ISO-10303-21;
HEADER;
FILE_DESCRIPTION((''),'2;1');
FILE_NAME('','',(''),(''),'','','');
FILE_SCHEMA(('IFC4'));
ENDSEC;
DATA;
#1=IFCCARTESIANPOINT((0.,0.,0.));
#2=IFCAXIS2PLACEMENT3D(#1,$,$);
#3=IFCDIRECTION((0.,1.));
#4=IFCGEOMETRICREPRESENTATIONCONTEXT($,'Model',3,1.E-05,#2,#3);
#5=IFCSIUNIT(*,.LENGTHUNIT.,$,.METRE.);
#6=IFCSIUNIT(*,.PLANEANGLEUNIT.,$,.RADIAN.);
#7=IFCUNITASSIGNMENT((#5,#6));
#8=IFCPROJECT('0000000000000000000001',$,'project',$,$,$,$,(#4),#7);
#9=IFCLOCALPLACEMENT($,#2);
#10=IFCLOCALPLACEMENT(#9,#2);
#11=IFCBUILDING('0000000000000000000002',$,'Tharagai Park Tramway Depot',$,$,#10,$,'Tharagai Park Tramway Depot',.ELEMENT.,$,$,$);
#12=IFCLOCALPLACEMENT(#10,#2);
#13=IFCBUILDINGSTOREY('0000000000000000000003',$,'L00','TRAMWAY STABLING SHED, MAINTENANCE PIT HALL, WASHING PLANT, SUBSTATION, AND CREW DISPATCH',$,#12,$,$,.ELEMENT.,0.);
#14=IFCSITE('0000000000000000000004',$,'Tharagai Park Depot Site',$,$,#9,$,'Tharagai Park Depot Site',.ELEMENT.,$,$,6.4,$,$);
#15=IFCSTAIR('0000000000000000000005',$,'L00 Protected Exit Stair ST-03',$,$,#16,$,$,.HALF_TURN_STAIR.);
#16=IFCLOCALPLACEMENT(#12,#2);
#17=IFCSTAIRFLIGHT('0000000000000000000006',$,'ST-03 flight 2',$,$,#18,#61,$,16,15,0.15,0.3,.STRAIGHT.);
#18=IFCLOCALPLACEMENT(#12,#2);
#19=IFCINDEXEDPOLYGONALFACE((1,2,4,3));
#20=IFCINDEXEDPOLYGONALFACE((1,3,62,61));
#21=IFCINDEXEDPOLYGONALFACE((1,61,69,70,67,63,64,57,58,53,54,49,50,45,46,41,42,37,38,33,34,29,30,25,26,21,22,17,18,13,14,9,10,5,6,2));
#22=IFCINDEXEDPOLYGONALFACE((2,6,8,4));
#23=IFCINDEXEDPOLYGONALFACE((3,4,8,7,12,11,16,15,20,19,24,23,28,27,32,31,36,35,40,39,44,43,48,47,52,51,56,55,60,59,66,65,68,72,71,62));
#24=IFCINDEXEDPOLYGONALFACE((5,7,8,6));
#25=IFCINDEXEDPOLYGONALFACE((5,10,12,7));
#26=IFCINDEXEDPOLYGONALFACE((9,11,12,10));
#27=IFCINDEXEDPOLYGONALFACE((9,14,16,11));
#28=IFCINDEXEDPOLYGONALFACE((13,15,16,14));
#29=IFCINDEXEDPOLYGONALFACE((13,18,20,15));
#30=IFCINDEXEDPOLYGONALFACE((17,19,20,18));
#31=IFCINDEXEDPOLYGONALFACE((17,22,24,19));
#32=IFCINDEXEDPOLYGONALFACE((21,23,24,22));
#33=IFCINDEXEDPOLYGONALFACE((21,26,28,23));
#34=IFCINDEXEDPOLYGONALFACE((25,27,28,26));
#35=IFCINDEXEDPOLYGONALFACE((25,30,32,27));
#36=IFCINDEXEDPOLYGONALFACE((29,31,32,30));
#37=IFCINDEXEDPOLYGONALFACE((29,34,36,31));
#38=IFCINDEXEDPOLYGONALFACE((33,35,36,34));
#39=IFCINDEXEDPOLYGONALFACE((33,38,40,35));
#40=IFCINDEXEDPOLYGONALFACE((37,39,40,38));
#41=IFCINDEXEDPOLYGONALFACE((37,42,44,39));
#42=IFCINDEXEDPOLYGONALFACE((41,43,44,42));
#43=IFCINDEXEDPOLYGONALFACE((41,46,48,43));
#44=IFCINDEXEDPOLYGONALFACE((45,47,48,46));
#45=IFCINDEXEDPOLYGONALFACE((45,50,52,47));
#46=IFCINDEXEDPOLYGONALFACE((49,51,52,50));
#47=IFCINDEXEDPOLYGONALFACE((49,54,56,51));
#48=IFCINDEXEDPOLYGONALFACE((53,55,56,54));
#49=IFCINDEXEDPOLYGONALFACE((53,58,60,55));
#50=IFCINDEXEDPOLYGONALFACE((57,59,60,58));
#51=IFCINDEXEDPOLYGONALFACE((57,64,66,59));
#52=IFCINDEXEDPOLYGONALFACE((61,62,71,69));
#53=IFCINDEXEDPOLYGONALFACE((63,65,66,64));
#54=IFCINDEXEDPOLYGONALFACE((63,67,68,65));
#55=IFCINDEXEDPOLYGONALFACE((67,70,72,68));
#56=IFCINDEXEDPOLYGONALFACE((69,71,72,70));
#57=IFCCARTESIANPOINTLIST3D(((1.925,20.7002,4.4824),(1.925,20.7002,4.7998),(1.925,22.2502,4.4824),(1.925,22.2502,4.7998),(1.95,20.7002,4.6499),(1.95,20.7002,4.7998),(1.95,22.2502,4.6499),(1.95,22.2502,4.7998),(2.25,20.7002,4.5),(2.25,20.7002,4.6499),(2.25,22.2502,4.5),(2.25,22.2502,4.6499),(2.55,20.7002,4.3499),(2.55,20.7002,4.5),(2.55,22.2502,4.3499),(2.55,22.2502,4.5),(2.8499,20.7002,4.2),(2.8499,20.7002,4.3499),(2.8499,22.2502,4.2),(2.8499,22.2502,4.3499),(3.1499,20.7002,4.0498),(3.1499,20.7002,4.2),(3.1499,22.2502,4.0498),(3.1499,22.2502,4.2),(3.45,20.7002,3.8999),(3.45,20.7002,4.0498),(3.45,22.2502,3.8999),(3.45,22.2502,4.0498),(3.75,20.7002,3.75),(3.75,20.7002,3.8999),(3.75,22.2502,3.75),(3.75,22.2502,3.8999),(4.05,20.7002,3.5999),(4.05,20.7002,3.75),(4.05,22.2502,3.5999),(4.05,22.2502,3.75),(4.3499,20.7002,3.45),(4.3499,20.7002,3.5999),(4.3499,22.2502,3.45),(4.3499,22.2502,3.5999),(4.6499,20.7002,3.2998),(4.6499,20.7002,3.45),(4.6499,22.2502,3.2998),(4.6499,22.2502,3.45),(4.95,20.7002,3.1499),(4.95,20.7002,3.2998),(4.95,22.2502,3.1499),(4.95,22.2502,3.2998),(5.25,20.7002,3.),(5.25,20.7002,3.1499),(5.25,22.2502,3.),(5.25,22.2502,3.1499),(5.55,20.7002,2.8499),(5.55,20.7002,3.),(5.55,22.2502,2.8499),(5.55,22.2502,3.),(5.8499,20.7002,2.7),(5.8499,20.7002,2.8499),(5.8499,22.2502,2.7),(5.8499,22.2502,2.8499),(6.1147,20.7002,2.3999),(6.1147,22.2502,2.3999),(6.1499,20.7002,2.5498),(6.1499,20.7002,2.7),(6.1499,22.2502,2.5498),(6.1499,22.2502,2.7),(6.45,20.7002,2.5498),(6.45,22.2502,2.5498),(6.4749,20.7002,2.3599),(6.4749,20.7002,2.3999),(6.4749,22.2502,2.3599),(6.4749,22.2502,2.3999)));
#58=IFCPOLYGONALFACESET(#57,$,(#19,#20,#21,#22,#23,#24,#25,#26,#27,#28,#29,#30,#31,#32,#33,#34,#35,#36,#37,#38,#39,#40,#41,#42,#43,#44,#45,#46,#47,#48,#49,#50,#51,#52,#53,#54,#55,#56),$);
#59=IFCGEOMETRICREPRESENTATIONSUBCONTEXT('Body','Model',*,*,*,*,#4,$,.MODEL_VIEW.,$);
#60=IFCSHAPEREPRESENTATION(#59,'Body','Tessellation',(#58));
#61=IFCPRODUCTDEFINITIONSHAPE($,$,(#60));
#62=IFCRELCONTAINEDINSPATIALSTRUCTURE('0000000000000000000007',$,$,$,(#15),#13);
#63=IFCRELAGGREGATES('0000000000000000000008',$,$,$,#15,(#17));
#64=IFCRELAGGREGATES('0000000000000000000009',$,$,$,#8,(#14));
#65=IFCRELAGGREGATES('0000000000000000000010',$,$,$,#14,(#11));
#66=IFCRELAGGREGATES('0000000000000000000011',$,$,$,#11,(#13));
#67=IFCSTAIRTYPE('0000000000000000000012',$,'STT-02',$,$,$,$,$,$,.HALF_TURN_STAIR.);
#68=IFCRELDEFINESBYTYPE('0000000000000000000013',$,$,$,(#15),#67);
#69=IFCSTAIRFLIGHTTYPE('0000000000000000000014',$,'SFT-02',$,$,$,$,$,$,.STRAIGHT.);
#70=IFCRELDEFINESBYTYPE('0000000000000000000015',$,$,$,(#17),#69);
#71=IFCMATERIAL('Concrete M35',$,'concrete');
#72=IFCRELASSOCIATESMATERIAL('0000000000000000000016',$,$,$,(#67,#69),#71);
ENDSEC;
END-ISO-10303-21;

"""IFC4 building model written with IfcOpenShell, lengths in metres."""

from ifc_helpers import new_model, si_unit, direction, frame, origin, place, context, subcontext, project, spatial, polyline, outline, extrude, material, type_object, element, aggregate, save


model = new_model("IFC4")

# Units and contexts
model_context = context("Model", 3, precision=1e-05, world=origin(), true_north=direction((0.0, 1.0)))
body_context = subcontext(model_context, "Body", "Model", "MODEL_VIEW")
ifc_project = project(units=[si_unit("LENGTHUNIT", "METRE"), si_unit("PLANEANGLEUNIT", "RADIAN")], contexts=[model_context])

# Site, building, storey
site_placement = place(None, origin())
site = spatial("IfcSite", under=ifc_project, at=site_placement, Name="Tharagai Park Depot Site", LongName="Tharagai Park Depot Site", CompositionType="ELEMENT", RefElevation=6.4)
building_placement = place(site_placement, origin())
building = spatial("IfcBuilding", under=site, at=building_placement, Name="Tharagai Park Tramway Depot", LongName="Tharagai Park Tramway Depot", CompositionType="ELEMENT")
storey_placement = place(building_placement, origin())
storey = spatial("IfcBuildingStorey", under=building, at=storey_placement, Name="L00", Description="TRAMWAY STABLING SHED, MAINTENANCE PIT HALL, WASHING PLANT, SUBSTATION, AND CREW DISPATCH", CompositionType="ELEMENT", Elevation=0.0)

# Shared definitions
ifc_material_1 = material(Name="Concrete M35", Category="concrete")

# Stair, stair flight
stair_type = type_object("IfcStairType", Name="STT-02", PredefinedType="HALF_TURN_STAIR", material=ifc_material_1)
stair_placement = place(storey_placement, origin())
stair = element("IfcStair", 1, at=stair_placement, inside=storey, type_object=stair_type, Name="L00 Protected Exit Stair ST-03", PredefinedType="HALF_TURN_STAIR")
stair_flight_type = type_object("IfcStairFlightType", Name="SFT-02", PredefinedType="STRAIGHT", material=ifc_material_1)
stair_flight_1_placement = place(storey_placement, frame((6.45, 21.4751, 2.3999), z_axis=(0.0, 0.0, 1.0), x_axis=(-1.0, 0.0, 0.0)))
stair_flight_1 = element("IfcStairFlight", 2, at=stair_flight_1_placement, type_object=stair_flight_type, Name="ST-03 flight 2", NumberOfRisers=16, NumberOfTreads=15, PredefinedType="STRAIGHT", RiserHeight=0.15, TreadLength=0.3, context=body_context, shape_type="SweptSolid", body=[
    extrude(outline(polyline([(-0.0249, 0.0), (0.0, 0.1499), (0.3, 0.1499), (0.3, 0.3), (0.6001, 0.3), (0.6001, 0.45), (0.8999, 0.45), (0.8999, 0.6001), (1.2, 0.6001), (1.2, 0.75), (1.5, 0.75), (1.5, 0.8999), (1.8, 0.8999), (1.8, 1.05), (2.1001, 1.05), (2.1001, 1.2), (2.3999, 1.2), (2.3999, 1.3501), (2.7, 1.3501), (2.7, 1.5), (3.0, 1.5), (3.0, 1.6499), (3.3, 1.6499), (3.3, 1.8), (3.6001, 1.8), (3.6001, 1.95), (3.8999, 1.95), (3.8999, 2.1001), (4.2, 2.1001), (4.2, 2.25), (4.5, 2.25), (4.5, 2.3999), (4.5249, 2.3999), (4.5249, 2.0825), (0.3352, 0.0), (-0.0249, -0.04), (-0.0249, 0.0)])), frame((0.0, 0.7749, 0.0), z_axis=(0.0, -1.0, 0.0), x_axis=(1.0, 0.0, 0.0)), (0.0, 0.0, 1.0), 1.55),
])
aggregate(stair, [stair_flight_1])

save(model, "model.ifc")
